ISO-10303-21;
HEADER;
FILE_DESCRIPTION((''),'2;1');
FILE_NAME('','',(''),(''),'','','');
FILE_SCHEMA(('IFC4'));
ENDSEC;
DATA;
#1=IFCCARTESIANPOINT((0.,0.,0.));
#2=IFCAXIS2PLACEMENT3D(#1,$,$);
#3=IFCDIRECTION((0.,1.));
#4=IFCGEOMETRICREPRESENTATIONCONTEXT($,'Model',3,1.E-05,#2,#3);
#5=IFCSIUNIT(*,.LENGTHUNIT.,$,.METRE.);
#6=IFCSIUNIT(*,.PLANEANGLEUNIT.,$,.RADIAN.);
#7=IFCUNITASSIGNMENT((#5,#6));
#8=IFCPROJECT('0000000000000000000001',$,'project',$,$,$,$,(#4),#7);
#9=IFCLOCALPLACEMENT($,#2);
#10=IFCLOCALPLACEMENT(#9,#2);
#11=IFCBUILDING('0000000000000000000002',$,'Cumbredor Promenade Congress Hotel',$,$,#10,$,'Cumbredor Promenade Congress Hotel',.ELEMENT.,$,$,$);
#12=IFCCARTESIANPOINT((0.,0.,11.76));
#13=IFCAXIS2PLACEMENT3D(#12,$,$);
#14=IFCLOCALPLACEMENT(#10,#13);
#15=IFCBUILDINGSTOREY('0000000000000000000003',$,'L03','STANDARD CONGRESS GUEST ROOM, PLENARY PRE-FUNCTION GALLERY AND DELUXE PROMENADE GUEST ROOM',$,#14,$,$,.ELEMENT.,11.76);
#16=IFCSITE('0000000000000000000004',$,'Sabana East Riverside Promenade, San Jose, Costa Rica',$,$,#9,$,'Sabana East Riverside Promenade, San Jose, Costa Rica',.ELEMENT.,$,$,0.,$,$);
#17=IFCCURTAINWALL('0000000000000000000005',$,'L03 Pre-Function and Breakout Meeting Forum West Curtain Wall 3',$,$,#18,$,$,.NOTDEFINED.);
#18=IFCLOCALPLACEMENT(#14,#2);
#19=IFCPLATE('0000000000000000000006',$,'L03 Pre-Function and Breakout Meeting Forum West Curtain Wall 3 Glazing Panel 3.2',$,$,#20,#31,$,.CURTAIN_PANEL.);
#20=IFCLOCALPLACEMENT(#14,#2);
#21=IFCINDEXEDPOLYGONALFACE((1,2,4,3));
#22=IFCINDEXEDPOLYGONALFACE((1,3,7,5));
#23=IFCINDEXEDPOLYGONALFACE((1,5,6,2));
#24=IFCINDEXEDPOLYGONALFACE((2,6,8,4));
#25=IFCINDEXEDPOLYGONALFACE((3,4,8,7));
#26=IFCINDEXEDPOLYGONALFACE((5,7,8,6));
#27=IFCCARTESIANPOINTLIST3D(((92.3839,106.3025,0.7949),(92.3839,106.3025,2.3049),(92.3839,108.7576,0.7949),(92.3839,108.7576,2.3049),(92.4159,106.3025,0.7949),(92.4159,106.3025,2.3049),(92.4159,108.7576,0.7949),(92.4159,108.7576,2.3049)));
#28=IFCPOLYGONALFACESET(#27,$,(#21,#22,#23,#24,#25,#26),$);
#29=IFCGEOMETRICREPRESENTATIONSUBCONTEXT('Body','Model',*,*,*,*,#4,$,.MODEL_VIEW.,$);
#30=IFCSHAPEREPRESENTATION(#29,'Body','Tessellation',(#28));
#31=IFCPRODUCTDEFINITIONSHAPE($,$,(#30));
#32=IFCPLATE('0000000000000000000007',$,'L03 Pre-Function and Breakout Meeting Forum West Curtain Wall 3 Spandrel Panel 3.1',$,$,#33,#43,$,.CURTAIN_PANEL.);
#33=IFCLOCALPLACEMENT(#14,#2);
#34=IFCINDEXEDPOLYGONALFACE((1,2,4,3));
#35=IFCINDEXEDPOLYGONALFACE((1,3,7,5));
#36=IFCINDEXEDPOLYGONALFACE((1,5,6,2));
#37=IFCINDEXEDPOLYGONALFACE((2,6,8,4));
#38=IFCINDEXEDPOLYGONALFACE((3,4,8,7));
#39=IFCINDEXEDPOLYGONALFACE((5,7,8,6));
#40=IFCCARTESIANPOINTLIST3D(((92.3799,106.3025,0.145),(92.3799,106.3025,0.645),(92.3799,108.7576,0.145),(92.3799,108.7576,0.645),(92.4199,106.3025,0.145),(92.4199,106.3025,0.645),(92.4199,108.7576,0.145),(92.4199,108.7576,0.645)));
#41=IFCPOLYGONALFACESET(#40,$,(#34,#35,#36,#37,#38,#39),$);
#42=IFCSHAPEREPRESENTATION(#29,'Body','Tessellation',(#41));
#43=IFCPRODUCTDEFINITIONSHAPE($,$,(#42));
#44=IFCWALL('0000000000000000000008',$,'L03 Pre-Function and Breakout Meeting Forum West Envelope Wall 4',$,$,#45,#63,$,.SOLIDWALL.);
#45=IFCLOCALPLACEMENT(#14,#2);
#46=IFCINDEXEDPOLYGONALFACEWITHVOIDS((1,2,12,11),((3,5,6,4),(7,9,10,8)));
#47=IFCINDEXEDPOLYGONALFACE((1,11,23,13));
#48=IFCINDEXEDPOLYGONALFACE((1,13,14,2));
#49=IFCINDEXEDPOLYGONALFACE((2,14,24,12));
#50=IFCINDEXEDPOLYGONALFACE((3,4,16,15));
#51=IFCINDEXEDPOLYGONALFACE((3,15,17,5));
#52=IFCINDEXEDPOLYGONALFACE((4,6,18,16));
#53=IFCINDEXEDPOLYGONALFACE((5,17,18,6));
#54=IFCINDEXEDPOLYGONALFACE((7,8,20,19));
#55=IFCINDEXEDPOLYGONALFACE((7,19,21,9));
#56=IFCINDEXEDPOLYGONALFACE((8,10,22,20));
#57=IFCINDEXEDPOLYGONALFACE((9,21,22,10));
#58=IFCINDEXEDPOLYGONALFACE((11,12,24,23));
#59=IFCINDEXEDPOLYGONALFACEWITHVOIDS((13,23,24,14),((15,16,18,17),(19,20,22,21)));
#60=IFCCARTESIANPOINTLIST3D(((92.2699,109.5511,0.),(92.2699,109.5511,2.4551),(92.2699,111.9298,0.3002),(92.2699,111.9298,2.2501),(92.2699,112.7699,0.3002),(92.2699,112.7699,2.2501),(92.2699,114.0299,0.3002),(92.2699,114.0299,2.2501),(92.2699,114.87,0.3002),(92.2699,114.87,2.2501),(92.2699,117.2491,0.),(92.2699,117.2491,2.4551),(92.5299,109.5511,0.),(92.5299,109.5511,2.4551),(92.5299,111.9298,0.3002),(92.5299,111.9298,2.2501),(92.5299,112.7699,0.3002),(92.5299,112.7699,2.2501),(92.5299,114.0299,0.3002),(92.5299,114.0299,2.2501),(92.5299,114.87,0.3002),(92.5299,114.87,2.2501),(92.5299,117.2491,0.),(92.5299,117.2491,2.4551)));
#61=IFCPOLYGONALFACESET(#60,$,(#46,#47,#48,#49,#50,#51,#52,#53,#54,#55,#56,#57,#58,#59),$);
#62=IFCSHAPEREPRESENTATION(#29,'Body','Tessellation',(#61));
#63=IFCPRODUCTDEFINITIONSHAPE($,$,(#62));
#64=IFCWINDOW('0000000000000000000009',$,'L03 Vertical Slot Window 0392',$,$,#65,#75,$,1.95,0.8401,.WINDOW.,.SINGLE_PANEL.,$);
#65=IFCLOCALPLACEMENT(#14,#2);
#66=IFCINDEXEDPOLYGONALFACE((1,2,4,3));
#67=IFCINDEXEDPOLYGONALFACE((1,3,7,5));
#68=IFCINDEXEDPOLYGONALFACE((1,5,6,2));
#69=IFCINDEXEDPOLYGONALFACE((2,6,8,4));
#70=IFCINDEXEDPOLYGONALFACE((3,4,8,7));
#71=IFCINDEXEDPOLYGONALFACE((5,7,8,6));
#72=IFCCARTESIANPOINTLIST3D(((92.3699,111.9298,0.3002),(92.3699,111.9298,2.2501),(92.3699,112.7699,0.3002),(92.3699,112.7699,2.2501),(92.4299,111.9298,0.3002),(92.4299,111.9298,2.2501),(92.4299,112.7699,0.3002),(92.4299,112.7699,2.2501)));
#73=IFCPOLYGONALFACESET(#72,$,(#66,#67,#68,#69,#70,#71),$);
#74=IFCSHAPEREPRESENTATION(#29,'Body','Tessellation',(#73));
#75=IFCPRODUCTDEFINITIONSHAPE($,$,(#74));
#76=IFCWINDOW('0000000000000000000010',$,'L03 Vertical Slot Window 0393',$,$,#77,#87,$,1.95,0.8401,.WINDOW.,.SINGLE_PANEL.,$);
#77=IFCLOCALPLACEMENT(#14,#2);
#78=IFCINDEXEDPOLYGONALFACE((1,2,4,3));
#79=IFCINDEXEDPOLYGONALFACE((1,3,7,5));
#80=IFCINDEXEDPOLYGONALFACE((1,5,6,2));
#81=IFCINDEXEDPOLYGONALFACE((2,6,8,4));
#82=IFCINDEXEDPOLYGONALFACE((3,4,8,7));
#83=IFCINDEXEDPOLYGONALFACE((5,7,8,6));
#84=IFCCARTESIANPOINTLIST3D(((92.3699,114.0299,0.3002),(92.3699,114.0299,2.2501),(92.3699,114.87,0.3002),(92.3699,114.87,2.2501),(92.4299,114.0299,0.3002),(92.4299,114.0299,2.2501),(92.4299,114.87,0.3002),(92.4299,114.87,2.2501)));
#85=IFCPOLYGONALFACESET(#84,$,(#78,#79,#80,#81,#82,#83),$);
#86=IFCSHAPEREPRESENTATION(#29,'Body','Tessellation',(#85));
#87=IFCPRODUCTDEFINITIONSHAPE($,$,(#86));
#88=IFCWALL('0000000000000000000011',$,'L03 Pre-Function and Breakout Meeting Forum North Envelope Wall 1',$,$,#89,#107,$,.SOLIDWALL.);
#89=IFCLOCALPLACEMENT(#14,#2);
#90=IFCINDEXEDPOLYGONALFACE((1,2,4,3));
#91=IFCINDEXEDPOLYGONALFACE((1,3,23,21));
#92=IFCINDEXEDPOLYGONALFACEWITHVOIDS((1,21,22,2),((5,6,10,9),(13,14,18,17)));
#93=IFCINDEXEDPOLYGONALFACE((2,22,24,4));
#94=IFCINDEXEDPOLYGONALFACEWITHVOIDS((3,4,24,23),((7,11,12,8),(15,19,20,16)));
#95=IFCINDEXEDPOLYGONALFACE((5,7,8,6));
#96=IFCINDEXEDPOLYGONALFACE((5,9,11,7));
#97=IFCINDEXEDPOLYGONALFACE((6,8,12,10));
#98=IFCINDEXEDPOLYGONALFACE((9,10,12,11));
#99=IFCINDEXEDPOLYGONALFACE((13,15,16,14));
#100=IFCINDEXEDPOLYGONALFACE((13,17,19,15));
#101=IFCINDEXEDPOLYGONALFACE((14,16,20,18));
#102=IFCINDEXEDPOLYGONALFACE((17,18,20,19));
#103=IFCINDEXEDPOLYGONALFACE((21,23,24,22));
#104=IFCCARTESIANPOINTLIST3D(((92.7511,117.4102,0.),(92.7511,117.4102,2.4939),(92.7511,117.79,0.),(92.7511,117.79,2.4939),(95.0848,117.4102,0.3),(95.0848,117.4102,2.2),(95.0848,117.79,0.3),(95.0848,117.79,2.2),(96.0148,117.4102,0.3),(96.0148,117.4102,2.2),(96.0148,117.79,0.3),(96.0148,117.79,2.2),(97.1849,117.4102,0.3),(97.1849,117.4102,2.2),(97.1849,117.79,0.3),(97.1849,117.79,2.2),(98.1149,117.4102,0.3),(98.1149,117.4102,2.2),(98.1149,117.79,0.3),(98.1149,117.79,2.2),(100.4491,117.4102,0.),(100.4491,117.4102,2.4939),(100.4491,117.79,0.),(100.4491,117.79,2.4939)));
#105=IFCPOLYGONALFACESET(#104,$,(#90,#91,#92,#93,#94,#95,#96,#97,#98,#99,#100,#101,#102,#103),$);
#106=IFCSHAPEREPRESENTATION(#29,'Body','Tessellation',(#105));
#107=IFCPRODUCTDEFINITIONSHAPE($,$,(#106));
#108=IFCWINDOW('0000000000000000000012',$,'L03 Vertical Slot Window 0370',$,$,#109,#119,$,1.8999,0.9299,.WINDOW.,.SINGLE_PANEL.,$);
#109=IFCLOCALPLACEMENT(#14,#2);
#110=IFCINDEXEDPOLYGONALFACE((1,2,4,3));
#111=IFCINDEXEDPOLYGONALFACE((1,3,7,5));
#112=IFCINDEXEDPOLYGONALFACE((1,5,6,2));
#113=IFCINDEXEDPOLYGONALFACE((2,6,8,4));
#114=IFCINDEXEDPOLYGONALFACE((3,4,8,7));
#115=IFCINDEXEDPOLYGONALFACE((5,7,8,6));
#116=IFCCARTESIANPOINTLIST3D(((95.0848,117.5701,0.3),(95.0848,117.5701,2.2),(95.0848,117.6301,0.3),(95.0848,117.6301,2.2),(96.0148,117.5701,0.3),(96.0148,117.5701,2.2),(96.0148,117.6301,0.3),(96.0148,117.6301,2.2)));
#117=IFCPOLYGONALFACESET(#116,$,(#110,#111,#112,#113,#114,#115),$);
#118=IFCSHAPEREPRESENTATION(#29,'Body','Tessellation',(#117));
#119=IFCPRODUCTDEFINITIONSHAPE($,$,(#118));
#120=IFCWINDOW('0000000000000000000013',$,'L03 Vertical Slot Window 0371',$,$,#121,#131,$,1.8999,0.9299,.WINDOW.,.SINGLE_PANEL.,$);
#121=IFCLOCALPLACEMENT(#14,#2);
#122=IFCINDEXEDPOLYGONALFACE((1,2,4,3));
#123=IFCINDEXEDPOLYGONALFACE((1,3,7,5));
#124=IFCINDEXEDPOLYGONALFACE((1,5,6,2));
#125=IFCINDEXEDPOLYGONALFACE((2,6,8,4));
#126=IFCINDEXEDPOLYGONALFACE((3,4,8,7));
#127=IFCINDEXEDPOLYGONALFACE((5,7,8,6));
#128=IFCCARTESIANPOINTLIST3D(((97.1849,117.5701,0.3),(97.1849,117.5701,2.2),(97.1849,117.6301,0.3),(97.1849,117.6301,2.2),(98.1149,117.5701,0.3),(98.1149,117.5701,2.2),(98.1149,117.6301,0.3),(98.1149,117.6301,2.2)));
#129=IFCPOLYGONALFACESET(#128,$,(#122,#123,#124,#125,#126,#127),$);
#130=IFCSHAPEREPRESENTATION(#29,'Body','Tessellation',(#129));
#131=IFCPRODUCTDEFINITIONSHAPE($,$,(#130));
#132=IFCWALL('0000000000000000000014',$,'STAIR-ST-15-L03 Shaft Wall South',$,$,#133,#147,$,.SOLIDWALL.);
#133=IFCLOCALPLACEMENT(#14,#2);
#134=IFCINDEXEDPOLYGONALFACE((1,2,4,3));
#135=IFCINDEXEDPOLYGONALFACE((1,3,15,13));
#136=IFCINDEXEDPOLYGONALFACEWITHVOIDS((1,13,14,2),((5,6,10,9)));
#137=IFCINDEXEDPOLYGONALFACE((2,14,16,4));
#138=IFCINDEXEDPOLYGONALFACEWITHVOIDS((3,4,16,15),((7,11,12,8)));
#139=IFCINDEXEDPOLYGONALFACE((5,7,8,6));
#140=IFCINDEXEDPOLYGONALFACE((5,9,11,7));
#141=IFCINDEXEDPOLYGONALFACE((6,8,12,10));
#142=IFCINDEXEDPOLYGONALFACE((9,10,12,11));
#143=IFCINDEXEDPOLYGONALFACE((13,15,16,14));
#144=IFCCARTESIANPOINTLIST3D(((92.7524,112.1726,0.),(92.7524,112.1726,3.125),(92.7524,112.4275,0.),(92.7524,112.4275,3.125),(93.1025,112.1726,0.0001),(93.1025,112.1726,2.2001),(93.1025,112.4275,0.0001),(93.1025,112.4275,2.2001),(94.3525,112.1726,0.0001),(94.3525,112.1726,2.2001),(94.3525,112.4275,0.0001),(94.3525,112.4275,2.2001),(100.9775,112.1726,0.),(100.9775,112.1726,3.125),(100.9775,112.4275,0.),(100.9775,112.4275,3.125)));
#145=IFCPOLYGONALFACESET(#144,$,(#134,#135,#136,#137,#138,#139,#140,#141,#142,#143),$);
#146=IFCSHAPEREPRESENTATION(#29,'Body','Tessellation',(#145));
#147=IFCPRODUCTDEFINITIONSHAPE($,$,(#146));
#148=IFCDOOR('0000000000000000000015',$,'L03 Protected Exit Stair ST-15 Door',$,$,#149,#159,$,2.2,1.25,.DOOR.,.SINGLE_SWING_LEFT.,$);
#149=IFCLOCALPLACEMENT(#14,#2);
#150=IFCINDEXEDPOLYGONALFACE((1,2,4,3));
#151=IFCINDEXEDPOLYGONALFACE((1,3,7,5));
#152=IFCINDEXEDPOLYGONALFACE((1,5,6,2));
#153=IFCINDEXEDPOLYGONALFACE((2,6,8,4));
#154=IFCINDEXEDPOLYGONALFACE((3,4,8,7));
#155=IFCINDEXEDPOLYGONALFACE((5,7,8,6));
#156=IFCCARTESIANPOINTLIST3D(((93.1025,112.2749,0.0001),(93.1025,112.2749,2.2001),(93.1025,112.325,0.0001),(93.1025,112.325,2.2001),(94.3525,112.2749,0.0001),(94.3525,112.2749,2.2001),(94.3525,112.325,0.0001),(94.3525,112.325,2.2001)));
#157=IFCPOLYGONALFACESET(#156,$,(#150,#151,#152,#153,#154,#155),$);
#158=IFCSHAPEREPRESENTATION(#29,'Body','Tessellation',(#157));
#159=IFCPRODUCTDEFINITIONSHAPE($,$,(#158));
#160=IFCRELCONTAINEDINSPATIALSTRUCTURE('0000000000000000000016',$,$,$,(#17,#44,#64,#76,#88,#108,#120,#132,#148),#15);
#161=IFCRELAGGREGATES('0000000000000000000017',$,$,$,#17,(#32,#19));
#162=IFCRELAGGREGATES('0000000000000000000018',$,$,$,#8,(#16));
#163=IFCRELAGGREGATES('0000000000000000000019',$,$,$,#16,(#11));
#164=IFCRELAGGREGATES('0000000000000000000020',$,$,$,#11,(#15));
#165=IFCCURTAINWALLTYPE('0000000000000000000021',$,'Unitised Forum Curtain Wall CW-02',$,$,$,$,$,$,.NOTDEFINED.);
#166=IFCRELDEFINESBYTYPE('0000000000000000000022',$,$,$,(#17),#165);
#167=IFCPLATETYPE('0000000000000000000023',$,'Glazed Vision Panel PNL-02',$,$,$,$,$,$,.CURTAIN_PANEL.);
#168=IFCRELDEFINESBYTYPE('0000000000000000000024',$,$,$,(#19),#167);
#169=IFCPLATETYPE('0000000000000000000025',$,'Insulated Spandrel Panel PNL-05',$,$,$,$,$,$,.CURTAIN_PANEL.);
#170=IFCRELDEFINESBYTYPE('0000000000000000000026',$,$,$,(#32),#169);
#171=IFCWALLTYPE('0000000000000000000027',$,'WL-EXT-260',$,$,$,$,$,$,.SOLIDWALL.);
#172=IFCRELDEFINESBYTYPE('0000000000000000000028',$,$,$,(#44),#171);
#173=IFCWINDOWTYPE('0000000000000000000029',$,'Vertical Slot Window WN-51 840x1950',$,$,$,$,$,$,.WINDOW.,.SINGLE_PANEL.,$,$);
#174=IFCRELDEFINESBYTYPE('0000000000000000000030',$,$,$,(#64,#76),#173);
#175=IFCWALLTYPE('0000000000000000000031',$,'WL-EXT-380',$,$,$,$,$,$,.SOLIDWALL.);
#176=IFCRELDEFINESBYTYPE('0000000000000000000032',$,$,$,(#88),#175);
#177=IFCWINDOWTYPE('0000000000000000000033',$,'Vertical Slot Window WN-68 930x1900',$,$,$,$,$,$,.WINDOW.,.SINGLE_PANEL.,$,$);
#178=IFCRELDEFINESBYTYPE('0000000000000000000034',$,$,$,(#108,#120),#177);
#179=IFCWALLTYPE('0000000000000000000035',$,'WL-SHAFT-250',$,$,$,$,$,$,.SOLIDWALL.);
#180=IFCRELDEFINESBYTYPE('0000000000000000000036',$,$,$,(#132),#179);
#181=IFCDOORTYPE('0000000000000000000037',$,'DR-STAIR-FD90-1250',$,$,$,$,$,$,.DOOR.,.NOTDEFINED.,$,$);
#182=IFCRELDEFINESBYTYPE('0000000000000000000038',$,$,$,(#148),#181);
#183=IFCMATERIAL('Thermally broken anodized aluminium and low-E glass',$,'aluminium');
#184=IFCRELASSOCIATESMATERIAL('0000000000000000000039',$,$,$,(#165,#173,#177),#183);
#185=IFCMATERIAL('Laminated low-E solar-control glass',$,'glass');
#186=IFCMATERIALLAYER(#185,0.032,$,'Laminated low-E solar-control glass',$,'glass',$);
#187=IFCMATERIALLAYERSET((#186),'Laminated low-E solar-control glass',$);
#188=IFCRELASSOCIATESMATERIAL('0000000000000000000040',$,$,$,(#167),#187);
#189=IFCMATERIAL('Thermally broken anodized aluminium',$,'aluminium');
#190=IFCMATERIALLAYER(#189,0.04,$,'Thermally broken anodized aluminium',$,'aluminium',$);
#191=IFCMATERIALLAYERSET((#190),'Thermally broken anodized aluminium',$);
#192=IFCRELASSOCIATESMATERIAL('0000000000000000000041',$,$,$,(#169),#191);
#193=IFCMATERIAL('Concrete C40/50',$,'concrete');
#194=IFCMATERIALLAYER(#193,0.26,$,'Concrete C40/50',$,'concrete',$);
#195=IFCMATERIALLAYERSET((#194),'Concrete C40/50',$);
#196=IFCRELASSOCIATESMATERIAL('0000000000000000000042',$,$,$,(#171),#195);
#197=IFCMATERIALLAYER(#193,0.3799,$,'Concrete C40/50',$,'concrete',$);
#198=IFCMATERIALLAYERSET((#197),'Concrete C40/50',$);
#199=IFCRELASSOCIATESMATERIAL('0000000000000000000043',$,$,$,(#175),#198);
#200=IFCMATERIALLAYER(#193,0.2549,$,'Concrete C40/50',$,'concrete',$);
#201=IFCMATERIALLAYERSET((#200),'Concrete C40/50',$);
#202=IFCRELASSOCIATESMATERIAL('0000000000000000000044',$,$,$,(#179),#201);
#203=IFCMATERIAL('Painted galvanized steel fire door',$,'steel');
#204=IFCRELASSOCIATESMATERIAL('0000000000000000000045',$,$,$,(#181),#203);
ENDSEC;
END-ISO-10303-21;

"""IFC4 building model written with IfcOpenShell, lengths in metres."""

from ifc_helpers import new_model, si_unit, direction, frame, frame_2d, origin, origin_2d, place, context, subcontext, project, spatial, rectangle, extrude, material, layer, layer_set, type_object, element, fill, aggregate, save


model = new_model("IFC4")

# Units and contexts
model_context = context("Model", 3, precision=1e-05, world=origin(), true_north=direction((0.0, 1.0)))
body_context = subcontext(model_context, "Body", "Model", "MODEL_VIEW")
ifc_project = project(units=[si_unit("LENGTHUNIT", "METRE"), si_unit("PLANEANGLEUNIT", "RADIAN")], contexts=[model_context])

# Site, building, storey
site_placement = place(None, origin())
site = spatial("IfcSite", under=ifc_project, at=site_placement, Name="Sabana East Riverside Promenade, San Jose, Costa Rica", LongName="Sabana East Riverside Promenade, San Jose, Costa Rica", CompositionType="ELEMENT", RefElevation=0.0)
building_placement = place(site_placement, origin())
building = spatial("IfcBuilding", under=site, at=building_placement, Name="Cumbredor Promenade Congress Hotel", LongName="Cumbredor Promenade Congress Hotel", CompositionType="ELEMENT")
storey_placement = place(building_placement, frame((0.0, 0.0, 11.76)))
storey = spatial("IfcBuildingStorey", under=building, at=storey_placement, Name="L03", Description="STANDARD CONGRESS GUEST ROOM, PLENARY PRE-FUNCTION GALLERY AND DELUXE PROMENADE GUEST ROOM", CompositionType="ELEMENT", Elevation=11.76)

# Shared definitions
ifc_material_1 = material(Name="Concrete C40/50", Category="concrete")

# Curtain wall
ifc_material_2 = material(Name="Thermally broken anodized aluminium and low-E glass", Category="aluminium")
curtain_wall_type_1 = type_object("IfcCurtainWallType", Name="Unitised Forum Curtain Wall CW-02", PredefinedType="NOTDEFINED", material=ifc_material_2)
curtain_wall_1_placement = place(storey_placement, origin())
curtain_wall_1 = element("IfcCurtainWall", 1, at=curtain_wall_1_placement, inside=storey, type_object=curtain_wall_type_1, Name="L03 Pre-Function and Breakout Meeting Forum West Curtain Wall 3", PredefinedType="NOTDEFINED")
ifc_material_3 = material(Name="Thermally broken anodized aluminium", Category="aluminium")

# Plates
ifc_material_4 = material(Name="Laminated low-E solar-control glass", Category="glass")
ifc_layer_1 = layer(ifc_material_4, 0.032, Name="Laminated low-E solar-control glass", Category="glass")
ifc_layer_set_1 = layer_set([ifc_layer_1], Name="Laminated low-E solar-control glass")
plate_type_1 = type_object("IfcPlateType", Name="Glazed Vision Panel PNL-02", PredefinedType="CURTAIN_PANEL", material=ifc_layer_set_1)
plate_1_placement = place(storey_placement, frame((92.3999, 107.53, 0.7949), z_axis=(0.0, 0.0, 1.0), x_axis=(0.0, 1.0, 0.0)))
plate_1 = element("IfcPlate", 2, at=plate_1_placement, type_object=plate_type_1, Name="L03 Pre-Function and Breakout Meeting Forum West Curtain Wall 3 Glazing Panel 3.2", PredefinedType="CURTAIN_PANEL", context=body_context, shape_type="SweptSolid", body=[
    extrude(rectangle(XDim=2.4551, YDim=0.032, at=origin_2d()), origin(), (0.0, 0.0, 1.0), 1.51),
])
ifc_layer_2 = layer(ifc_material_3, 0.04, Name="Thermally broken anodized aluminium", Category="aluminium")
ifc_layer_set_2 = layer_set([ifc_layer_2], Name="Thermally broken anodized aluminium")
plate_type_2 = type_object("IfcPlateType", Name="Insulated Spandrel Panel PNL-05", PredefinedType="CURTAIN_PANEL", material=ifc_layer_set_2)
plate_2_placement = place(storey_placement, frame((92.3999, 107.53, 0.145), z_axis=(0.0, 0.0, 1.0), x_axis=(0.0, 1.0, 0.0)))
plate_2 = element("IfcPlate", 3, at=plate_2_placement, type_object=plate_type_2, Name="L03 Pre-Function and Breakout Meeting Forum West Curtain Wall 3 Spandrel Panel 3.1", PredefinedType="CURTAIN_PANEL", context=body_context, shape_type="SweptSolid", body=[
    extrude(rectangle(XDim=2.4551, YDim=0.04, at=origin_2d()), origin(), (0.0, 0.0, 1.0), 0.5),
])
aggregate(curtain_wall_1, [plate_2, plate_1])

# Walls, openings, windows
ifc_layer_3 = layer(ifc_material_1, 0.26, Name="Concrete C40/50", Category="concrete")
ifc_layer_set_3 = layer_set([ifc_layer_3], Name="Concrete C40/50")
wall_type_1 = type_object("IfcWallType", Name="WL-EXT-260", PredefinedType="SOLIDWALL", material=ifc_layer_set_3)
wall_1_placement = place(storey_placement, frame((92.3999, 109.551, 0.0), z_axis=(0.0, 0.0, 1.0), x_axis=(0.0, 1.0, 0.0)))
wall_1 = element("IfcWall", 4, at=wall_1_placement, inside=storey, type_object=wall_type_1, Name="L03 Pre-Function and Breakout Meeting Forum West Envelope Wall 4", PredefinedType="SOLIDWALL", context=body_context, shape_type="SweptSolid", body=[
    extrude(rectangle(XDim=7.698, YDim=0.26, at=frame_2d((3.8491, 0.0))), origin(), (0.0, 0.0, 1.0), 2.4551),
])
opening_1_placement = place(wall_1_placement, frame((2.3789, 0.0, 0.3)))
opening_1 = element("IfcOpeningElement", 5, at=opening_1_placement, cuts=wall_1, PredefinedType="OPENING", context=body_context, shape_type="SweptSolid", body=[
    extrude(rectangle(XDim=0.8401, YDim=1.95, at=frame_2d((0.4199, 0.9751))), frame((0.0, 0.1401, 0.0), z_axis=(0.0, -1.0, 0.0), x_axis=(1.0, 0.0, 0.0)), (0.0, 0.0, 1.0), 0.28),
])
opening_2_placement = place(wall_1_placement, frame((4.479, 0.0, 0.3)))
opening_2 = element("IfcOpeningElement", 6, at=opening_2_placement, cuts=wall_1, PredefinedType="OPENING", context=body_context, shape_type="SweptSolid", body=[
    extrude(rectangle(XDim=0.8401, YDim=1.95, at=frame_2d((0.4199, 0.9751))), frame((0.0, 0.1401, 0.0), z_axis=(0.0, -1.0, 0.0), x_axis=(1.0, 0.0, 0.0)), (0.0, 0.0, 1.0), 0.28),
])
window_type_1 = type_object("IfcWindowType", Name="Vertical Slot Window WN-51 840x1950", PartitioningType="SINGLE_PANEL", PredefinedType="WINDOW", material=ifc_material_2)
window_1_placement = place(opening_1_placement, origin())
window_1 = element("IfcWindow", 7, at=window_1_placement, inside=storey, type_object=window_type_1, Name="L03 Vertical Slot Window 0392", OverallHeight=1.95, OverallWidth=0.8401, PartitioningType="SINGLE_PANEL", PredefinedType="WINDOW", context=body_context, shape_type="SweptSolid", body=[
    extrude(rectangle(XDim=0.8401, YDim=1.95, at=frame_2d((0.4199, 0.9751))), frame((0.0, 0.03, 0.0), z_axis=(0.0, -1.0, 0.0), x_axis=(1.0, 0.0, 0.0)), (0.0, 0.0, 1.0), 0.0601),
])
fill(opening_1, window_1)
window_2_placement = place(opening_2_placement, origin())
window_2 = element("IfcWindow", 8, at=window_2_placement, inside=storey, type_object=window_type_1, Name="L03 Vertical Slot Window 0393", OverallHeight=1.95, OverallWidth=0.8401, PartitioningType="SINGLE_PANEL", PredefinedType="WINDOW", context=body_context, shape_type="SweptSolid", body=[
    extrude(rectangle(XDim=0.8401, YDim=1.95, at=frame_2d((0.4199, 0.9751))), frame((0.0, 0.03, 0.0), z_axis=(0.0, -1.0, 0.0), x_axis=(1.0, 0.0, 0.0)), (0.0, 0.0, 1.0), 0.0601),
])
fill(opening_2, window_2)
ifc_layer_4 = layer(ifc_material_1, 0.3799, Name="Concrete C40/50", Category="concrete")
ifc_layer_set_4 = layer_set([ifc_layer_4], Name="Concrete C40/50")
wall_type_2 = type_object("IfcWallType", Name="WL-EXT-380", PredefinedType="SOLIDWALL", material=ifc_layer_set_4)
wall_2_placement = place(storey_placement, frame((92.751, 117.6001, 0.0), z_axis=(0.0, 0.0, 1.0), x_axis=(1.0, 0.0, 0.0)))
wall_2 = element("IfcWall", 9, at=wall_2_placement, inside=storey, type_object=wall_type_2, Name="L03 Pre-Function and Breakout Meeting Forum North Envelope Wall 1", PredefinedType="SOLIDWALL", context=body_context, shape_type="SweptSolid", body=[
    extrude(rectangle(XDim=7.698, YDim=0.3799, at=frame_2d((3.8491, 0.0))), origin(), (0.0, 0.0, 1.0), 2.4939),
])
opening_3_placement = place(wall_2_placement, frame((2.334, 0.0, 0.3)))
opening_3 = element("IfcOpeningElement", 10, at=opening_3_placement, cuts=wall_2, PredefinedType="OPENING", context=body_context, shape_type="SweptSolid", body=[
    extrude(rectangle(XDim=0.9299, YDim=1.8999, at=frame_2d((0.4648, 0.95))), frame((0.0, 0.2, 0.0), z_axis=(0.0, -1.0, 0.0), x_axis=(1.0, 0.0, 0.0)), (0.0, 0.0, 1.0), 0.3999),
])
opening_4_placement = place(wall_2_placement, frame((4.4341, 0.0, 0.3)))
opening_4 = element("IfcOpeningElement", 11, at=opening_4_placement, cuts=wall_2, PredefinedType="OPENING", context=body_context, shape_type="SweptSolid", body=[
    extrude(rectangle(XDim=0.9299, YDim=1.8999, at=frame_2d((0.4648, 0.95))), frame((0.0, 0.2, 0.0), z_axis=(0.0, -1.0, 0.0), x_axis=(1.0, 0.0, 0.0)), (0.0, 0.0, 1.0), 0.3999),
])
window_type_2 = type_object("IfcWindowType", Name="Vertical Slot Window WN-68 930x1900", PartitioningType="SINGLE_PANEL", PredefinedType="WINDOW", material=ifc_material_2)
window_3_placement = place(opening_3_placement, origin())
window_3 = element("IfcWindow", 12, at=window_3_placement, inside=storey, type_object=window_type_2, Name="L03 Vertical Slot Window 0370", OverallHeight=1.8999, OverallWidth=0.9299, PartitioningType="SINGLE_PANEL", PredefinedType="WINDOW", context=body_context, shape_type="SweptSolid", body=[
    extrude(rectangle(XDim=0.9299, YDim=1.8999, at=frame_2d((0.4648, 0.95))), frame((0.0, 0.03, 0.0), z_axis=(0.0, -1.0, 0.0), x_axis=(1.0, 0.0, 0.0)), (0.0, 0.0, 1.0), 0.0601),
])
fill(opening_3, window_3)
window_4_placement = place(opening_4_placement, origin())
window_4 = element("IfcWindow", 13, at=window_4_placement, inside=storey, type_object=window_type_2, Name="L03 Vertical Slot Window 0371", OverallHeight=1.8999, OverallWidth=0.9299, PartitioningType="SINGLE_PANEL", PredefinedType="WINDOW", context=body_context, shape_type="SweptSolid", body=[
    extrude(rectangle(XDim=0.9299, YDim=1.8999, at=frame_2d((0.4648, 0.95))), frame((0.0, 0.03, 0.0), z_axis=(0.0, -1.0, 0.0), x_axis=(1.0, 0.0, 0.0)), (0.0, 0.0, 1.0), 0.0601),
])
fill(opening_4, window_4)

# Wall, opening, door
ifc_layer_5 = layer(ifc_material_1, 0.2549, Name="Concrete C40/50", Category="concrete")
ifc_layer_set_5 = layer_set([ifc_layer_5], Name="Concrete C40/50")
wall_type_3 = type_object("IfcWallType", Name="WL-SHAFT-250", PredefinedType="SOLIDWALL", material=ifc_layer_set_5)
wall_3_placement = place(storey_placement, frame((92.7524, 112.3, 0.0), z_axis=(0.0, 0.0, 1.0), x_axis=(1.0, 0.0, 0.0)))
wall_3 = element("IfcWall", 14, at=wall_3_placement, inside=storey, type_object=wall_type_3, Name="STAIR-ST-15-L03 Shaft Wall South", PredefinedType="SOLIDWALL", context=body_context, shape_type="SweptSolid", body=[
    extrude(rectangle(XDim=8.2251, YDim=0.2549, at=frame_2d((4.1125, 0.0))), origin(), (0.0, 0.0, 1.0), 3.125),
])
opening_5_placement = place(wall_3_placement, frame((0.3501, 0.0, 0.0)))
opening_5 = element("IfcOpeningElement", 15, at=opening_5_placement, cuts=wall_3, PredefinedType="OPENING", context=body_context, shape_type="SweptSolid", body=[
    extrude(rectangle(XDim=1.25, YDim=2.2, at=frame_2d((0.625, 1.1001))), frame((0.0, 0.1375, 0.0), z_axis=(0.0, -1.0, 0.0), x_axis=(1.0, 0.0, 0.0)), (0.0, 0.0, 1.0), 0.2749),
])
ifc_material_5 = material(Name="Painted galvanized steel fire door", Category="steel")
door_type = type_object("IfcDoorType", Name="DR-STAIR-FD90-1250", OperationType="NOTDEFINED", PredefinedType="DOOR", material=ifc_material_5)
door_placement = place(opening_5_placement, origin())
door = element("IfcDoor", 16, at=door_placement, inside=storey, type_object=door_type, Name="L03 Protected Exit Stair ST-15 Door", OperationType="SINGLE_SWING_LEFT", OverallHeight=2.2, OverallWidth=1.25, PredefinedType="DOOR", context=body_context, shape_type="SweptSolid", body=[
    extrude(rectangle(XDim=1.25, YDim=2.2, at=frame_2d((0.625, 1.1001))), frame((0.0, 0.0249, 0.0), z_axis=(0.0, -1.0, 0.0), x_axis=(1.0, 0.0, 0.0)), (0.0, 0.0, 1.0), 0.05),
])
fill(opening_5, door)

save(model, "model.ifc")
